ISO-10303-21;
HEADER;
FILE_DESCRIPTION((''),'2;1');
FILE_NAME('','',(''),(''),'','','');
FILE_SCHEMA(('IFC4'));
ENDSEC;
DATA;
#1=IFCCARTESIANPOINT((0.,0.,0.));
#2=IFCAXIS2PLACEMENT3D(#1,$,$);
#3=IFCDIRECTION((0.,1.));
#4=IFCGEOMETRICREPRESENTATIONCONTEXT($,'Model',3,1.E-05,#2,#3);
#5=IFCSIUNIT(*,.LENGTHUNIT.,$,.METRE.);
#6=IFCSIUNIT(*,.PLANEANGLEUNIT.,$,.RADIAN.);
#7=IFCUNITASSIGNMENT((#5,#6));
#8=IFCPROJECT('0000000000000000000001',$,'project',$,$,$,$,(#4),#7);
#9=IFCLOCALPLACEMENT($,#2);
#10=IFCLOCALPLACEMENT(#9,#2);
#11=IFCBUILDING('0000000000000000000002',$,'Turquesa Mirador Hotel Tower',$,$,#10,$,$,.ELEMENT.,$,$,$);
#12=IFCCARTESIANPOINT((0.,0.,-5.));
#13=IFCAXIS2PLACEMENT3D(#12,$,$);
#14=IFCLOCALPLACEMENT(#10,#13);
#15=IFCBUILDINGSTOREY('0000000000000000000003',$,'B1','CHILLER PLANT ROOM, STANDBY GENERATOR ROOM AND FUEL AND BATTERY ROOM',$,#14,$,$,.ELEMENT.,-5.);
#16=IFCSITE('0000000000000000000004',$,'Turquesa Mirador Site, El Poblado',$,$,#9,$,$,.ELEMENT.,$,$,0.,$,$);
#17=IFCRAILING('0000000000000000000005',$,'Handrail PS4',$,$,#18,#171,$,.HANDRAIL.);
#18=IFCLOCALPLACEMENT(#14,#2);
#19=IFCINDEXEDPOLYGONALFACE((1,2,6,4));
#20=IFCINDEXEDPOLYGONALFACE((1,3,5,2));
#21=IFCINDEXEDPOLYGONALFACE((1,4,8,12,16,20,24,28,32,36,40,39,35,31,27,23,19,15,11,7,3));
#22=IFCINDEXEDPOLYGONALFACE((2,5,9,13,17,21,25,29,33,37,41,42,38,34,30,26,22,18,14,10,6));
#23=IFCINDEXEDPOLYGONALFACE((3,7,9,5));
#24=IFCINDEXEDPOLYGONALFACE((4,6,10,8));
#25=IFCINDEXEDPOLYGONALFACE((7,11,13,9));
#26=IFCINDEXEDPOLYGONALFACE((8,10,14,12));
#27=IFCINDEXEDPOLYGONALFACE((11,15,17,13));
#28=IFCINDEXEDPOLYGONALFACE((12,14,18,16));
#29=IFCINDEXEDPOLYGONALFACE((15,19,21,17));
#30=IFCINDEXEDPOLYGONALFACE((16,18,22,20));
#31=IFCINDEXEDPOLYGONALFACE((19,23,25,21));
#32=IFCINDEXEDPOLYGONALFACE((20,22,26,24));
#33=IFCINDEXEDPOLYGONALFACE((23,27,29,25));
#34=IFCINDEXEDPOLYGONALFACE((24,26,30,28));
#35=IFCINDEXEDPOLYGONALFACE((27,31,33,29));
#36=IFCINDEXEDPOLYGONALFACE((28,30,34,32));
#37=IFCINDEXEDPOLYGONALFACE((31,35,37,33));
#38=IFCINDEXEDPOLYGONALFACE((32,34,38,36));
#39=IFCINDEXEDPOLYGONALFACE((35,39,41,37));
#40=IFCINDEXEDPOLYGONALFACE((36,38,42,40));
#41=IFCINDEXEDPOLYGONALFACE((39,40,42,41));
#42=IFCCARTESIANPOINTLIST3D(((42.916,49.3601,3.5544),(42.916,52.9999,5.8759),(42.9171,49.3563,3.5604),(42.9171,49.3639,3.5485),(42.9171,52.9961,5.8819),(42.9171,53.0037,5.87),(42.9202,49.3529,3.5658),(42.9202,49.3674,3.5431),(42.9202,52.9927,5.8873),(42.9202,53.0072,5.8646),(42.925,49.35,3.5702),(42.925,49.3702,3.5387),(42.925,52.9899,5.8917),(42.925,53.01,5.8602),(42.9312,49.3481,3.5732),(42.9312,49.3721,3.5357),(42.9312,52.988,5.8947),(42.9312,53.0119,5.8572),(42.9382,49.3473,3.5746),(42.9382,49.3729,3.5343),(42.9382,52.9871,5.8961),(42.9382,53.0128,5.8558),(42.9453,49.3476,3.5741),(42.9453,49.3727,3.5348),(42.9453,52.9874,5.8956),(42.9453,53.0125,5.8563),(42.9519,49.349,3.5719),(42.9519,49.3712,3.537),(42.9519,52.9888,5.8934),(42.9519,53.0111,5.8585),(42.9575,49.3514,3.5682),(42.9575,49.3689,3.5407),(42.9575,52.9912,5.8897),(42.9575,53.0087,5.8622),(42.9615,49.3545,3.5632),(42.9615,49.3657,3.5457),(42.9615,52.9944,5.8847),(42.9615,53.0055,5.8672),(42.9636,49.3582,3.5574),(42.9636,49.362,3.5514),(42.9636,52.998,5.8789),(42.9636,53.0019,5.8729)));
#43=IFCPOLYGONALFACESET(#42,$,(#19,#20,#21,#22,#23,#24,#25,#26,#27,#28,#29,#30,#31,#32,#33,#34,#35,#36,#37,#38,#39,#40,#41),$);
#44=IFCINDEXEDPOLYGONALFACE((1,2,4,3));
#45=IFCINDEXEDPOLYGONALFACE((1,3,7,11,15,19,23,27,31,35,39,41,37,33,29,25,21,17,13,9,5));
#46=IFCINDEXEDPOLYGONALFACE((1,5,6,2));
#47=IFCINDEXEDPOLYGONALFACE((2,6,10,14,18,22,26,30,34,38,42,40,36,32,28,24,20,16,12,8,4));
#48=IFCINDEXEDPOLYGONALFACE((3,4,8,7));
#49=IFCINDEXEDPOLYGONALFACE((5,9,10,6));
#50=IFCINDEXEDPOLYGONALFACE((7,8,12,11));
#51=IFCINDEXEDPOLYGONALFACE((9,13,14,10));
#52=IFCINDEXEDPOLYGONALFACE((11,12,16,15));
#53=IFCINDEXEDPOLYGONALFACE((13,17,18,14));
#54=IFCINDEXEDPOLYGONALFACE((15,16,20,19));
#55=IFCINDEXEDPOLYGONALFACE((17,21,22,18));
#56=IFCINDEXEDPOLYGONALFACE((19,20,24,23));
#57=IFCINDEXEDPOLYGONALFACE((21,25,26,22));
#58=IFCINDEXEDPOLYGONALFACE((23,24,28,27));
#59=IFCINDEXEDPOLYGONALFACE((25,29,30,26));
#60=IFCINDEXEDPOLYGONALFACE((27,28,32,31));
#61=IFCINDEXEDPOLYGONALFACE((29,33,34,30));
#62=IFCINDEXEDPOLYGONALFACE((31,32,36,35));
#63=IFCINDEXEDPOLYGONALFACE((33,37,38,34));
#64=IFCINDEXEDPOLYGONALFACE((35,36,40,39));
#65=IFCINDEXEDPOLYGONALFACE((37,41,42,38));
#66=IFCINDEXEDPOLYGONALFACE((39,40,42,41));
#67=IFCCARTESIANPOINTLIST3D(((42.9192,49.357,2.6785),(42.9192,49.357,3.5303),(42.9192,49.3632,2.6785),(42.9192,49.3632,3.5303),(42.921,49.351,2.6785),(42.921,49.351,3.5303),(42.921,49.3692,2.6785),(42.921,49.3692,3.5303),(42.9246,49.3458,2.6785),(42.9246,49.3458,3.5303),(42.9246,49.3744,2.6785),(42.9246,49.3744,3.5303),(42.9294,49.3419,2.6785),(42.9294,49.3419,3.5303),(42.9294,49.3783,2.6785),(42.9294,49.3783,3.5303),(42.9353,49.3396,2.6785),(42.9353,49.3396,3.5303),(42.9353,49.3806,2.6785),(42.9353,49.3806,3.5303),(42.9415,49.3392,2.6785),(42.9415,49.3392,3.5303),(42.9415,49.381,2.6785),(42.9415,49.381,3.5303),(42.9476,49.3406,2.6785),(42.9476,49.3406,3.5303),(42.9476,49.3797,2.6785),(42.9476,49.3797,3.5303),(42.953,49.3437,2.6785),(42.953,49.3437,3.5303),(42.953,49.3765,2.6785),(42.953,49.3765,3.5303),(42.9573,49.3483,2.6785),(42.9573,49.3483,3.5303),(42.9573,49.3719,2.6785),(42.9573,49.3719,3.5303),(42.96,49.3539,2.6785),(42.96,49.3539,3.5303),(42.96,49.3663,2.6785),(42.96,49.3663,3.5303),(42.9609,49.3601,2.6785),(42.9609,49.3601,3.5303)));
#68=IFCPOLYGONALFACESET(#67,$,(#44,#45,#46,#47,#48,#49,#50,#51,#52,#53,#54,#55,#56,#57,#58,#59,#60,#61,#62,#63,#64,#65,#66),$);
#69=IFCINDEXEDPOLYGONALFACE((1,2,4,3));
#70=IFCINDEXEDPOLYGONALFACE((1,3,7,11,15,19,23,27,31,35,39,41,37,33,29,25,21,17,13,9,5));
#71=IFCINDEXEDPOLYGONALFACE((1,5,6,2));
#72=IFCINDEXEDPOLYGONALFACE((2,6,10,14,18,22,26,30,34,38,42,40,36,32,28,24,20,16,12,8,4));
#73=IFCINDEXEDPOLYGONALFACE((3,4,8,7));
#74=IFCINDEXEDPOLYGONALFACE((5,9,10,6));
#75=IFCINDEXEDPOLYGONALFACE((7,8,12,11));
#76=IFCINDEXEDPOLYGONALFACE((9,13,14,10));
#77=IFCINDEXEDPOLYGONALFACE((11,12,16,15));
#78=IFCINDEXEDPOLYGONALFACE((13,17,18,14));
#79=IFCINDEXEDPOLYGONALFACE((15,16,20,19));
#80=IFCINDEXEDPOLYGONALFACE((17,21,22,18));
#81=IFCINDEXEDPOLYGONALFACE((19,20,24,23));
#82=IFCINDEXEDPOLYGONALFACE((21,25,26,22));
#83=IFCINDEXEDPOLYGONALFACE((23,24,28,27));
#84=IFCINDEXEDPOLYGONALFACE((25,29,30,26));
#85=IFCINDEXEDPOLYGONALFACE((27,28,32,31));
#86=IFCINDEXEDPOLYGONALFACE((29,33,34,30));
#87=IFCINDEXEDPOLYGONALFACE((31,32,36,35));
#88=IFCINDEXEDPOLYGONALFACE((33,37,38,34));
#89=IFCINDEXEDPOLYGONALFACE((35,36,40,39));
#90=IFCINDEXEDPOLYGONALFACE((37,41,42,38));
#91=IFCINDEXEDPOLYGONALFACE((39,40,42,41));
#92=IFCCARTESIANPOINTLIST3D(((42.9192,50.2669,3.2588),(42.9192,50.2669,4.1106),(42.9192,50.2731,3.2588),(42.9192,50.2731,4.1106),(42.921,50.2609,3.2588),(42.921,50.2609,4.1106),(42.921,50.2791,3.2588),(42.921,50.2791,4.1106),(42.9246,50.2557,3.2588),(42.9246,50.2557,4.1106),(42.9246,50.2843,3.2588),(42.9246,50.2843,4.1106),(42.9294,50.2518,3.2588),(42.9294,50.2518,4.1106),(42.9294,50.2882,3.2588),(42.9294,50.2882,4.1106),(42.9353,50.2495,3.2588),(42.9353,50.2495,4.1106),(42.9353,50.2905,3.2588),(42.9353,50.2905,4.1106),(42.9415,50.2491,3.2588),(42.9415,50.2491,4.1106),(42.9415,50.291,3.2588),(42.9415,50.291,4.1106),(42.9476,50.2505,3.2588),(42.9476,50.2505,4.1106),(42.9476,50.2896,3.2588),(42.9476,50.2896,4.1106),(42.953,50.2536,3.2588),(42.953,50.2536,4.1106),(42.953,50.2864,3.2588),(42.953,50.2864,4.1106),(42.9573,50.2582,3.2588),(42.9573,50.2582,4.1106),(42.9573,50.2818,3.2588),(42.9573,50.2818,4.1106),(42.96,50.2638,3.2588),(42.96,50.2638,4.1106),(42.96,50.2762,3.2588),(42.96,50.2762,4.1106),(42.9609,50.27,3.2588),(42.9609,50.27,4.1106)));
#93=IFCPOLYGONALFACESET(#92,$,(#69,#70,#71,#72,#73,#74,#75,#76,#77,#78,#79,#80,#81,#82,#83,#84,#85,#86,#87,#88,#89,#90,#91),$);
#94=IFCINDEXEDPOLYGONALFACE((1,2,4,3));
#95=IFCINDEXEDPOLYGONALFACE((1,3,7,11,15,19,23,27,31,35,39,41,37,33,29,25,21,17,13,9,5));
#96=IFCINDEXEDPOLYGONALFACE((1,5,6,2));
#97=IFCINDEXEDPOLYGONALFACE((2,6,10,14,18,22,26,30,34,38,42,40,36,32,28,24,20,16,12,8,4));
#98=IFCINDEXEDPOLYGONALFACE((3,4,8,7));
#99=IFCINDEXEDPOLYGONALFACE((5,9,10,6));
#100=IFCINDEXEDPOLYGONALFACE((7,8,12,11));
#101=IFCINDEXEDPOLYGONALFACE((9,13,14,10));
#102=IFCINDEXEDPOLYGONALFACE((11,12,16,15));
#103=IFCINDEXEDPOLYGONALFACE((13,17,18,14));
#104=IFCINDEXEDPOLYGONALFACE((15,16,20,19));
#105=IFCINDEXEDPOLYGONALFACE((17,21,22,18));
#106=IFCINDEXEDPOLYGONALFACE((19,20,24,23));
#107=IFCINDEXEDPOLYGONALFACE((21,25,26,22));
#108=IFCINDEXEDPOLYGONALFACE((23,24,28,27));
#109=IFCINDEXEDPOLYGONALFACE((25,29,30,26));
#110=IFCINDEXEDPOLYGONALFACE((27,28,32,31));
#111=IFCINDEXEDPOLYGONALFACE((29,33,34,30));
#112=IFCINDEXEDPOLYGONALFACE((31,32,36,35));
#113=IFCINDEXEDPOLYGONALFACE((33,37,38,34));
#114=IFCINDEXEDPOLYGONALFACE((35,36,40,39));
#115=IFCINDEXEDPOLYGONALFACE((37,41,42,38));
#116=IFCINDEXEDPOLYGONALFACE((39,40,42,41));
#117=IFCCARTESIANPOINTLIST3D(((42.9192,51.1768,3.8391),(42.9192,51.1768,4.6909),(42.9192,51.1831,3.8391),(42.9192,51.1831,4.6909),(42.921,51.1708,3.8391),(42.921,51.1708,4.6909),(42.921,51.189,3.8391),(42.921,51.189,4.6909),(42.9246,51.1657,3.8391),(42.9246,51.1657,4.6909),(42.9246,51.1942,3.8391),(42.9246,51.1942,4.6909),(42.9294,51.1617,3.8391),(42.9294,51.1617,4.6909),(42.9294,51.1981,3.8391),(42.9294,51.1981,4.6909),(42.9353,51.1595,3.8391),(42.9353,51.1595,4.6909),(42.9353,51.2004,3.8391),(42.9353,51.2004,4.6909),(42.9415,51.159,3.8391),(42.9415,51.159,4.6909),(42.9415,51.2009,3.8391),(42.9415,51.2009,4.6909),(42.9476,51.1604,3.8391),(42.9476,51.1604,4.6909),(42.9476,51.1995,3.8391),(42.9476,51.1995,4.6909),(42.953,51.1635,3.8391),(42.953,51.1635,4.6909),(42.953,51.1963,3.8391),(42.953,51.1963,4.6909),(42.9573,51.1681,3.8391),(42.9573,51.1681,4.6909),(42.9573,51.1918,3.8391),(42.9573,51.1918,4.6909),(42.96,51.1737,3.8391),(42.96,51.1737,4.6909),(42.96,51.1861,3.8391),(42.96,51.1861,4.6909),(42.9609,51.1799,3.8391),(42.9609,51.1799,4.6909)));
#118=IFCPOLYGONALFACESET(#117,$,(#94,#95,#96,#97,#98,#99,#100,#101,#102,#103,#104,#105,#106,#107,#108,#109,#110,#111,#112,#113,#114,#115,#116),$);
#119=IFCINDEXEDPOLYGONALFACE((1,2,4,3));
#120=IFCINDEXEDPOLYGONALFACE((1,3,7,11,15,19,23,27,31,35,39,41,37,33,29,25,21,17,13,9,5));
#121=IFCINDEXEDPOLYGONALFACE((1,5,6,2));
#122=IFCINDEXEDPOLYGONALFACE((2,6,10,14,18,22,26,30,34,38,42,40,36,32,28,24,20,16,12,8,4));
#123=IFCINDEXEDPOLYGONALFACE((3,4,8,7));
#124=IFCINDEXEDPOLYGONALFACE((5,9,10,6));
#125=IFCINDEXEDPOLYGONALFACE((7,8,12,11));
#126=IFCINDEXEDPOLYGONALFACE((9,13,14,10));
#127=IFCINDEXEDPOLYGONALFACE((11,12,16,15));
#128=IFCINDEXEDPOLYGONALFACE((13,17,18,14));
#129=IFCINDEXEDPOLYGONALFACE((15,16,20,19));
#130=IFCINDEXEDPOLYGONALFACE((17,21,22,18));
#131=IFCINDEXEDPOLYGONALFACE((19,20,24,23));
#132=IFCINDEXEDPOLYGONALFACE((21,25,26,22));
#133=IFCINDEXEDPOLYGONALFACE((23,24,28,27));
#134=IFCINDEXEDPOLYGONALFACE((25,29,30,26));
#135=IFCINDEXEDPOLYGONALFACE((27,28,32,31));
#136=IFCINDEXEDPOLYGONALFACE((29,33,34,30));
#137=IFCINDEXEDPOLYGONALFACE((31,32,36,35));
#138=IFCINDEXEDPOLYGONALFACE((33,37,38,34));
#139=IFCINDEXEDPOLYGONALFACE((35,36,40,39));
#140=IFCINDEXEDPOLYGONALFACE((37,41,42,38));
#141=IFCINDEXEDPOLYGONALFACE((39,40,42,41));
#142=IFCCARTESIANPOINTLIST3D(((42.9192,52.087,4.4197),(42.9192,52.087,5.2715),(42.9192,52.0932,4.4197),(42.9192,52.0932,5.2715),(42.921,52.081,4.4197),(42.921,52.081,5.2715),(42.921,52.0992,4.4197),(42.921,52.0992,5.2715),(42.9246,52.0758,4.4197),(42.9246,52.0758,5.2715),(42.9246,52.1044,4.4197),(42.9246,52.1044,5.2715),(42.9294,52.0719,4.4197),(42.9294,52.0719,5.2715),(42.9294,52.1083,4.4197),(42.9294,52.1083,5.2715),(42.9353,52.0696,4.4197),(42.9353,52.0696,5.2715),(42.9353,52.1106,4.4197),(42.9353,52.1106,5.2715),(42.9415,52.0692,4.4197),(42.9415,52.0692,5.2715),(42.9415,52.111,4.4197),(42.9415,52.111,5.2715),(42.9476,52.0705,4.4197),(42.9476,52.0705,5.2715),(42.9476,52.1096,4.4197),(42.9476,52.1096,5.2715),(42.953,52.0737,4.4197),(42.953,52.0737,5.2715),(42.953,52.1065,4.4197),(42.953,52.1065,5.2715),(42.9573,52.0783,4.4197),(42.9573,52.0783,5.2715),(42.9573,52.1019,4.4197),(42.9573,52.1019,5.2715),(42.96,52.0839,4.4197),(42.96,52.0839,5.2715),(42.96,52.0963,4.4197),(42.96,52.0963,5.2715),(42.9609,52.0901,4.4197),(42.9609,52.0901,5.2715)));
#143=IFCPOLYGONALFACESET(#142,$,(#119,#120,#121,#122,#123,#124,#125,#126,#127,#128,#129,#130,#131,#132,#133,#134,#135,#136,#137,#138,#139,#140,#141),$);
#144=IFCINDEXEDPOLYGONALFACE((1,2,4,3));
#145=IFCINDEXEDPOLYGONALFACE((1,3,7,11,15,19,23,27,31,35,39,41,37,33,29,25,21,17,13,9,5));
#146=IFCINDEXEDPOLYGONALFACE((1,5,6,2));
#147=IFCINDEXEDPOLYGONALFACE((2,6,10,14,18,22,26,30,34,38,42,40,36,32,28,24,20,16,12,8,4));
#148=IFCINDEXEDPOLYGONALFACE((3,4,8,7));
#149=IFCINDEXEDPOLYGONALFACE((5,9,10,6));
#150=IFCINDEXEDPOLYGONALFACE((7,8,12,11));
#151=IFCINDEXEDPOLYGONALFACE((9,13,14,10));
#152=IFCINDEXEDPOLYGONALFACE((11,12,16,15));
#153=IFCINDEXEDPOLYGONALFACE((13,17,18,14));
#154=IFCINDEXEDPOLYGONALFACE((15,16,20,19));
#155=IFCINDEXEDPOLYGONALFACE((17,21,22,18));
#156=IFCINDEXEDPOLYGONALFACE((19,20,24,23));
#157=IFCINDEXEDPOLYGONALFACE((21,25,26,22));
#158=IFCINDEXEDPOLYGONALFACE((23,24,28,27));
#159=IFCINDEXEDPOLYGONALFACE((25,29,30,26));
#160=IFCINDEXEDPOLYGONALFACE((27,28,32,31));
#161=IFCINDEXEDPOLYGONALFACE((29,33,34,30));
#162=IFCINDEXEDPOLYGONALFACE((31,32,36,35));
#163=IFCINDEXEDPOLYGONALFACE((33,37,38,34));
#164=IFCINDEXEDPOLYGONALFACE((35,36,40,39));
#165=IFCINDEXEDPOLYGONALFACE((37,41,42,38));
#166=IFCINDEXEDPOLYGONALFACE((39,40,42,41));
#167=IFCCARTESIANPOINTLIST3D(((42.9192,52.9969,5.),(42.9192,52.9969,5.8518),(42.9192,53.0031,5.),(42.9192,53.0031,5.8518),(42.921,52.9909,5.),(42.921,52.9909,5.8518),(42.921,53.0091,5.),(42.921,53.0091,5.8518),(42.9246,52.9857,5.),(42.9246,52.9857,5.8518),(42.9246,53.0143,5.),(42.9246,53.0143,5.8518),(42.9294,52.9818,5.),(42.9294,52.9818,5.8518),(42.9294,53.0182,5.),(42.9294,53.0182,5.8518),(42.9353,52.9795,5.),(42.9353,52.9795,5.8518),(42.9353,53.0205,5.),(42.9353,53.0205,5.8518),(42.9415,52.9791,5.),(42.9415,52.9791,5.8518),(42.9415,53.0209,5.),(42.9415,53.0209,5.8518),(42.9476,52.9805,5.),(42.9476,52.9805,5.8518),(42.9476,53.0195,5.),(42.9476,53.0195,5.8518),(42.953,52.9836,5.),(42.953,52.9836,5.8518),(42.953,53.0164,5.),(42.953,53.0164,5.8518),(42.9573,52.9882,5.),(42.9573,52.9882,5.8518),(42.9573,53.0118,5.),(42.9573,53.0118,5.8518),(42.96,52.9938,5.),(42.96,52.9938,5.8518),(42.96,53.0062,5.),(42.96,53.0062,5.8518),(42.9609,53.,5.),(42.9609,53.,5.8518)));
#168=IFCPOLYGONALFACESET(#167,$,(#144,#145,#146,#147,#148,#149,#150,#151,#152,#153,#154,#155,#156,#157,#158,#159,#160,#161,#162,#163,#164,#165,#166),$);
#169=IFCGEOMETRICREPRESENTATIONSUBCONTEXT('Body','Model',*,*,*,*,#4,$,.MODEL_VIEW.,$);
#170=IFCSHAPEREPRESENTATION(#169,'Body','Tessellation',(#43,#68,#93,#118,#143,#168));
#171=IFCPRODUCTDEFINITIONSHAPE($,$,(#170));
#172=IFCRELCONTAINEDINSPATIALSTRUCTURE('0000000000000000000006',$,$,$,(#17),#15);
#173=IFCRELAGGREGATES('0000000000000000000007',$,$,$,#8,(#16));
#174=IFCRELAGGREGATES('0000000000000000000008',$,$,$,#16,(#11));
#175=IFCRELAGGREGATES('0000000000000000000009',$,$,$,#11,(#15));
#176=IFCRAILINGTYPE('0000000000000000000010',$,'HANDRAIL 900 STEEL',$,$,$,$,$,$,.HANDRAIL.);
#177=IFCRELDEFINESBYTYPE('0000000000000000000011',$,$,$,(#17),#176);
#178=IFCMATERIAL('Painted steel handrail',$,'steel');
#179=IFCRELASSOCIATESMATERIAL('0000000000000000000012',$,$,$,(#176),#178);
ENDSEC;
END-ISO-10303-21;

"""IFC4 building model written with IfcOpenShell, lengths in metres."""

from ifc_helpers import new_model, si_unit, direction, frame, origin, origin_2d, place, context, subcontext, project, spatial, circle, extrude, material, type_object, element, save


model = new_model("IFC4")

# Units and contexts
model_context = context("Model", 3, precision=1e-05, world=origin(), true_north=direction((0.0, 1.0)))
body_context = subcontext(model_context, "Body", "Model", "MODEL_VIEW")
ifc_project = project(units=[si_unit("LENGTHUNIT", "METRE"), si_unit("PLANEANGLEUNIT", "RADIAN")], contexts=[model_context])

# Site, building, storey
site_placement = place(None, origin())
site = spatial("IfcSite", under=ifc_project, at=site_placement, Name="Turquesa Mirador Site, El Poblado", CompositionType="ELEMENT", RefElevation=0.0)
building_placement = place(site_placement, origin())
building = spatial("IfcBuilding", under=site, at=building_placement, Name="Turquesa Mirador Hotel Tower", CompositionType="ELEMENT")
storey_placement = place(building_placement, frame((0.0, 0.0, -5.0)))
storey = spatial("IfcBuildingStorey", under=building, at=storey_placement, Name="B1", Description="CHILLER PLANT ROOM, STANDBY GENERATOR ROOM AND FUEL AND BATTERY ROOM", CompositionType="ELEMENT", Elevation=-5.0)

# Railing
ifc_material_1 = material(Name="Painted steel handrail", Category="steel")
railing_type = type_object("IfcRailingType", Name="HANDRAIL 900 STEEL", PredefinedType="HANDRAIL", material=ifc_material_1)
railing_1_placement = place(storey_placement, frame((42.9399, 49.3601, 2.6785)))
element("IfcRailing", 1, at=railing_1_placement, inside=storey, type_object=railing_type, Name="Handrail PS4", PredefinedType="HANDRAIL", context=body_context, shape_type="SweptSolid", body=[
    extrude(circle(Radius=0.0239, at=origin_2d()), frame((0.0, 0.0, 0.876), z_axis=(0.0, 0.843112, 0.537739), x_axis=(-1.0, 0.0, 0.0)), (0.0, 0.0, 1.0), 4.3171),
    extrude(circle(Radius=0.021, at=origin_2d()), origin(), (0.0, 0.0, 1.0), 0.8518),
    extrude(circle(Radius=0.021, at=origin_2d()), frame((0.0, 0.9099, 0.5803)), (0.0, 0.0, 1.0), 0.8518),
    extrude(circle(Radius=0.021, at=origin_2d()), frame((0.0, 1.8198, 1.1606)), (0.0, 0.0, 1.0), 0.8518),
    extrude(circle(Radius=0.021, at=origin_2d()), frame((0.0, 2.73, 1.7412)), (0.0, 0.0, 1.0), 0.8518),
    extrude(circle(Radius=0.021, at=origin_2d()), frame((0.0, 3.6399, 2.3215)), (0.0, 0.0, 1.0), 0.8518),
])

save(model, "model.ifc")
